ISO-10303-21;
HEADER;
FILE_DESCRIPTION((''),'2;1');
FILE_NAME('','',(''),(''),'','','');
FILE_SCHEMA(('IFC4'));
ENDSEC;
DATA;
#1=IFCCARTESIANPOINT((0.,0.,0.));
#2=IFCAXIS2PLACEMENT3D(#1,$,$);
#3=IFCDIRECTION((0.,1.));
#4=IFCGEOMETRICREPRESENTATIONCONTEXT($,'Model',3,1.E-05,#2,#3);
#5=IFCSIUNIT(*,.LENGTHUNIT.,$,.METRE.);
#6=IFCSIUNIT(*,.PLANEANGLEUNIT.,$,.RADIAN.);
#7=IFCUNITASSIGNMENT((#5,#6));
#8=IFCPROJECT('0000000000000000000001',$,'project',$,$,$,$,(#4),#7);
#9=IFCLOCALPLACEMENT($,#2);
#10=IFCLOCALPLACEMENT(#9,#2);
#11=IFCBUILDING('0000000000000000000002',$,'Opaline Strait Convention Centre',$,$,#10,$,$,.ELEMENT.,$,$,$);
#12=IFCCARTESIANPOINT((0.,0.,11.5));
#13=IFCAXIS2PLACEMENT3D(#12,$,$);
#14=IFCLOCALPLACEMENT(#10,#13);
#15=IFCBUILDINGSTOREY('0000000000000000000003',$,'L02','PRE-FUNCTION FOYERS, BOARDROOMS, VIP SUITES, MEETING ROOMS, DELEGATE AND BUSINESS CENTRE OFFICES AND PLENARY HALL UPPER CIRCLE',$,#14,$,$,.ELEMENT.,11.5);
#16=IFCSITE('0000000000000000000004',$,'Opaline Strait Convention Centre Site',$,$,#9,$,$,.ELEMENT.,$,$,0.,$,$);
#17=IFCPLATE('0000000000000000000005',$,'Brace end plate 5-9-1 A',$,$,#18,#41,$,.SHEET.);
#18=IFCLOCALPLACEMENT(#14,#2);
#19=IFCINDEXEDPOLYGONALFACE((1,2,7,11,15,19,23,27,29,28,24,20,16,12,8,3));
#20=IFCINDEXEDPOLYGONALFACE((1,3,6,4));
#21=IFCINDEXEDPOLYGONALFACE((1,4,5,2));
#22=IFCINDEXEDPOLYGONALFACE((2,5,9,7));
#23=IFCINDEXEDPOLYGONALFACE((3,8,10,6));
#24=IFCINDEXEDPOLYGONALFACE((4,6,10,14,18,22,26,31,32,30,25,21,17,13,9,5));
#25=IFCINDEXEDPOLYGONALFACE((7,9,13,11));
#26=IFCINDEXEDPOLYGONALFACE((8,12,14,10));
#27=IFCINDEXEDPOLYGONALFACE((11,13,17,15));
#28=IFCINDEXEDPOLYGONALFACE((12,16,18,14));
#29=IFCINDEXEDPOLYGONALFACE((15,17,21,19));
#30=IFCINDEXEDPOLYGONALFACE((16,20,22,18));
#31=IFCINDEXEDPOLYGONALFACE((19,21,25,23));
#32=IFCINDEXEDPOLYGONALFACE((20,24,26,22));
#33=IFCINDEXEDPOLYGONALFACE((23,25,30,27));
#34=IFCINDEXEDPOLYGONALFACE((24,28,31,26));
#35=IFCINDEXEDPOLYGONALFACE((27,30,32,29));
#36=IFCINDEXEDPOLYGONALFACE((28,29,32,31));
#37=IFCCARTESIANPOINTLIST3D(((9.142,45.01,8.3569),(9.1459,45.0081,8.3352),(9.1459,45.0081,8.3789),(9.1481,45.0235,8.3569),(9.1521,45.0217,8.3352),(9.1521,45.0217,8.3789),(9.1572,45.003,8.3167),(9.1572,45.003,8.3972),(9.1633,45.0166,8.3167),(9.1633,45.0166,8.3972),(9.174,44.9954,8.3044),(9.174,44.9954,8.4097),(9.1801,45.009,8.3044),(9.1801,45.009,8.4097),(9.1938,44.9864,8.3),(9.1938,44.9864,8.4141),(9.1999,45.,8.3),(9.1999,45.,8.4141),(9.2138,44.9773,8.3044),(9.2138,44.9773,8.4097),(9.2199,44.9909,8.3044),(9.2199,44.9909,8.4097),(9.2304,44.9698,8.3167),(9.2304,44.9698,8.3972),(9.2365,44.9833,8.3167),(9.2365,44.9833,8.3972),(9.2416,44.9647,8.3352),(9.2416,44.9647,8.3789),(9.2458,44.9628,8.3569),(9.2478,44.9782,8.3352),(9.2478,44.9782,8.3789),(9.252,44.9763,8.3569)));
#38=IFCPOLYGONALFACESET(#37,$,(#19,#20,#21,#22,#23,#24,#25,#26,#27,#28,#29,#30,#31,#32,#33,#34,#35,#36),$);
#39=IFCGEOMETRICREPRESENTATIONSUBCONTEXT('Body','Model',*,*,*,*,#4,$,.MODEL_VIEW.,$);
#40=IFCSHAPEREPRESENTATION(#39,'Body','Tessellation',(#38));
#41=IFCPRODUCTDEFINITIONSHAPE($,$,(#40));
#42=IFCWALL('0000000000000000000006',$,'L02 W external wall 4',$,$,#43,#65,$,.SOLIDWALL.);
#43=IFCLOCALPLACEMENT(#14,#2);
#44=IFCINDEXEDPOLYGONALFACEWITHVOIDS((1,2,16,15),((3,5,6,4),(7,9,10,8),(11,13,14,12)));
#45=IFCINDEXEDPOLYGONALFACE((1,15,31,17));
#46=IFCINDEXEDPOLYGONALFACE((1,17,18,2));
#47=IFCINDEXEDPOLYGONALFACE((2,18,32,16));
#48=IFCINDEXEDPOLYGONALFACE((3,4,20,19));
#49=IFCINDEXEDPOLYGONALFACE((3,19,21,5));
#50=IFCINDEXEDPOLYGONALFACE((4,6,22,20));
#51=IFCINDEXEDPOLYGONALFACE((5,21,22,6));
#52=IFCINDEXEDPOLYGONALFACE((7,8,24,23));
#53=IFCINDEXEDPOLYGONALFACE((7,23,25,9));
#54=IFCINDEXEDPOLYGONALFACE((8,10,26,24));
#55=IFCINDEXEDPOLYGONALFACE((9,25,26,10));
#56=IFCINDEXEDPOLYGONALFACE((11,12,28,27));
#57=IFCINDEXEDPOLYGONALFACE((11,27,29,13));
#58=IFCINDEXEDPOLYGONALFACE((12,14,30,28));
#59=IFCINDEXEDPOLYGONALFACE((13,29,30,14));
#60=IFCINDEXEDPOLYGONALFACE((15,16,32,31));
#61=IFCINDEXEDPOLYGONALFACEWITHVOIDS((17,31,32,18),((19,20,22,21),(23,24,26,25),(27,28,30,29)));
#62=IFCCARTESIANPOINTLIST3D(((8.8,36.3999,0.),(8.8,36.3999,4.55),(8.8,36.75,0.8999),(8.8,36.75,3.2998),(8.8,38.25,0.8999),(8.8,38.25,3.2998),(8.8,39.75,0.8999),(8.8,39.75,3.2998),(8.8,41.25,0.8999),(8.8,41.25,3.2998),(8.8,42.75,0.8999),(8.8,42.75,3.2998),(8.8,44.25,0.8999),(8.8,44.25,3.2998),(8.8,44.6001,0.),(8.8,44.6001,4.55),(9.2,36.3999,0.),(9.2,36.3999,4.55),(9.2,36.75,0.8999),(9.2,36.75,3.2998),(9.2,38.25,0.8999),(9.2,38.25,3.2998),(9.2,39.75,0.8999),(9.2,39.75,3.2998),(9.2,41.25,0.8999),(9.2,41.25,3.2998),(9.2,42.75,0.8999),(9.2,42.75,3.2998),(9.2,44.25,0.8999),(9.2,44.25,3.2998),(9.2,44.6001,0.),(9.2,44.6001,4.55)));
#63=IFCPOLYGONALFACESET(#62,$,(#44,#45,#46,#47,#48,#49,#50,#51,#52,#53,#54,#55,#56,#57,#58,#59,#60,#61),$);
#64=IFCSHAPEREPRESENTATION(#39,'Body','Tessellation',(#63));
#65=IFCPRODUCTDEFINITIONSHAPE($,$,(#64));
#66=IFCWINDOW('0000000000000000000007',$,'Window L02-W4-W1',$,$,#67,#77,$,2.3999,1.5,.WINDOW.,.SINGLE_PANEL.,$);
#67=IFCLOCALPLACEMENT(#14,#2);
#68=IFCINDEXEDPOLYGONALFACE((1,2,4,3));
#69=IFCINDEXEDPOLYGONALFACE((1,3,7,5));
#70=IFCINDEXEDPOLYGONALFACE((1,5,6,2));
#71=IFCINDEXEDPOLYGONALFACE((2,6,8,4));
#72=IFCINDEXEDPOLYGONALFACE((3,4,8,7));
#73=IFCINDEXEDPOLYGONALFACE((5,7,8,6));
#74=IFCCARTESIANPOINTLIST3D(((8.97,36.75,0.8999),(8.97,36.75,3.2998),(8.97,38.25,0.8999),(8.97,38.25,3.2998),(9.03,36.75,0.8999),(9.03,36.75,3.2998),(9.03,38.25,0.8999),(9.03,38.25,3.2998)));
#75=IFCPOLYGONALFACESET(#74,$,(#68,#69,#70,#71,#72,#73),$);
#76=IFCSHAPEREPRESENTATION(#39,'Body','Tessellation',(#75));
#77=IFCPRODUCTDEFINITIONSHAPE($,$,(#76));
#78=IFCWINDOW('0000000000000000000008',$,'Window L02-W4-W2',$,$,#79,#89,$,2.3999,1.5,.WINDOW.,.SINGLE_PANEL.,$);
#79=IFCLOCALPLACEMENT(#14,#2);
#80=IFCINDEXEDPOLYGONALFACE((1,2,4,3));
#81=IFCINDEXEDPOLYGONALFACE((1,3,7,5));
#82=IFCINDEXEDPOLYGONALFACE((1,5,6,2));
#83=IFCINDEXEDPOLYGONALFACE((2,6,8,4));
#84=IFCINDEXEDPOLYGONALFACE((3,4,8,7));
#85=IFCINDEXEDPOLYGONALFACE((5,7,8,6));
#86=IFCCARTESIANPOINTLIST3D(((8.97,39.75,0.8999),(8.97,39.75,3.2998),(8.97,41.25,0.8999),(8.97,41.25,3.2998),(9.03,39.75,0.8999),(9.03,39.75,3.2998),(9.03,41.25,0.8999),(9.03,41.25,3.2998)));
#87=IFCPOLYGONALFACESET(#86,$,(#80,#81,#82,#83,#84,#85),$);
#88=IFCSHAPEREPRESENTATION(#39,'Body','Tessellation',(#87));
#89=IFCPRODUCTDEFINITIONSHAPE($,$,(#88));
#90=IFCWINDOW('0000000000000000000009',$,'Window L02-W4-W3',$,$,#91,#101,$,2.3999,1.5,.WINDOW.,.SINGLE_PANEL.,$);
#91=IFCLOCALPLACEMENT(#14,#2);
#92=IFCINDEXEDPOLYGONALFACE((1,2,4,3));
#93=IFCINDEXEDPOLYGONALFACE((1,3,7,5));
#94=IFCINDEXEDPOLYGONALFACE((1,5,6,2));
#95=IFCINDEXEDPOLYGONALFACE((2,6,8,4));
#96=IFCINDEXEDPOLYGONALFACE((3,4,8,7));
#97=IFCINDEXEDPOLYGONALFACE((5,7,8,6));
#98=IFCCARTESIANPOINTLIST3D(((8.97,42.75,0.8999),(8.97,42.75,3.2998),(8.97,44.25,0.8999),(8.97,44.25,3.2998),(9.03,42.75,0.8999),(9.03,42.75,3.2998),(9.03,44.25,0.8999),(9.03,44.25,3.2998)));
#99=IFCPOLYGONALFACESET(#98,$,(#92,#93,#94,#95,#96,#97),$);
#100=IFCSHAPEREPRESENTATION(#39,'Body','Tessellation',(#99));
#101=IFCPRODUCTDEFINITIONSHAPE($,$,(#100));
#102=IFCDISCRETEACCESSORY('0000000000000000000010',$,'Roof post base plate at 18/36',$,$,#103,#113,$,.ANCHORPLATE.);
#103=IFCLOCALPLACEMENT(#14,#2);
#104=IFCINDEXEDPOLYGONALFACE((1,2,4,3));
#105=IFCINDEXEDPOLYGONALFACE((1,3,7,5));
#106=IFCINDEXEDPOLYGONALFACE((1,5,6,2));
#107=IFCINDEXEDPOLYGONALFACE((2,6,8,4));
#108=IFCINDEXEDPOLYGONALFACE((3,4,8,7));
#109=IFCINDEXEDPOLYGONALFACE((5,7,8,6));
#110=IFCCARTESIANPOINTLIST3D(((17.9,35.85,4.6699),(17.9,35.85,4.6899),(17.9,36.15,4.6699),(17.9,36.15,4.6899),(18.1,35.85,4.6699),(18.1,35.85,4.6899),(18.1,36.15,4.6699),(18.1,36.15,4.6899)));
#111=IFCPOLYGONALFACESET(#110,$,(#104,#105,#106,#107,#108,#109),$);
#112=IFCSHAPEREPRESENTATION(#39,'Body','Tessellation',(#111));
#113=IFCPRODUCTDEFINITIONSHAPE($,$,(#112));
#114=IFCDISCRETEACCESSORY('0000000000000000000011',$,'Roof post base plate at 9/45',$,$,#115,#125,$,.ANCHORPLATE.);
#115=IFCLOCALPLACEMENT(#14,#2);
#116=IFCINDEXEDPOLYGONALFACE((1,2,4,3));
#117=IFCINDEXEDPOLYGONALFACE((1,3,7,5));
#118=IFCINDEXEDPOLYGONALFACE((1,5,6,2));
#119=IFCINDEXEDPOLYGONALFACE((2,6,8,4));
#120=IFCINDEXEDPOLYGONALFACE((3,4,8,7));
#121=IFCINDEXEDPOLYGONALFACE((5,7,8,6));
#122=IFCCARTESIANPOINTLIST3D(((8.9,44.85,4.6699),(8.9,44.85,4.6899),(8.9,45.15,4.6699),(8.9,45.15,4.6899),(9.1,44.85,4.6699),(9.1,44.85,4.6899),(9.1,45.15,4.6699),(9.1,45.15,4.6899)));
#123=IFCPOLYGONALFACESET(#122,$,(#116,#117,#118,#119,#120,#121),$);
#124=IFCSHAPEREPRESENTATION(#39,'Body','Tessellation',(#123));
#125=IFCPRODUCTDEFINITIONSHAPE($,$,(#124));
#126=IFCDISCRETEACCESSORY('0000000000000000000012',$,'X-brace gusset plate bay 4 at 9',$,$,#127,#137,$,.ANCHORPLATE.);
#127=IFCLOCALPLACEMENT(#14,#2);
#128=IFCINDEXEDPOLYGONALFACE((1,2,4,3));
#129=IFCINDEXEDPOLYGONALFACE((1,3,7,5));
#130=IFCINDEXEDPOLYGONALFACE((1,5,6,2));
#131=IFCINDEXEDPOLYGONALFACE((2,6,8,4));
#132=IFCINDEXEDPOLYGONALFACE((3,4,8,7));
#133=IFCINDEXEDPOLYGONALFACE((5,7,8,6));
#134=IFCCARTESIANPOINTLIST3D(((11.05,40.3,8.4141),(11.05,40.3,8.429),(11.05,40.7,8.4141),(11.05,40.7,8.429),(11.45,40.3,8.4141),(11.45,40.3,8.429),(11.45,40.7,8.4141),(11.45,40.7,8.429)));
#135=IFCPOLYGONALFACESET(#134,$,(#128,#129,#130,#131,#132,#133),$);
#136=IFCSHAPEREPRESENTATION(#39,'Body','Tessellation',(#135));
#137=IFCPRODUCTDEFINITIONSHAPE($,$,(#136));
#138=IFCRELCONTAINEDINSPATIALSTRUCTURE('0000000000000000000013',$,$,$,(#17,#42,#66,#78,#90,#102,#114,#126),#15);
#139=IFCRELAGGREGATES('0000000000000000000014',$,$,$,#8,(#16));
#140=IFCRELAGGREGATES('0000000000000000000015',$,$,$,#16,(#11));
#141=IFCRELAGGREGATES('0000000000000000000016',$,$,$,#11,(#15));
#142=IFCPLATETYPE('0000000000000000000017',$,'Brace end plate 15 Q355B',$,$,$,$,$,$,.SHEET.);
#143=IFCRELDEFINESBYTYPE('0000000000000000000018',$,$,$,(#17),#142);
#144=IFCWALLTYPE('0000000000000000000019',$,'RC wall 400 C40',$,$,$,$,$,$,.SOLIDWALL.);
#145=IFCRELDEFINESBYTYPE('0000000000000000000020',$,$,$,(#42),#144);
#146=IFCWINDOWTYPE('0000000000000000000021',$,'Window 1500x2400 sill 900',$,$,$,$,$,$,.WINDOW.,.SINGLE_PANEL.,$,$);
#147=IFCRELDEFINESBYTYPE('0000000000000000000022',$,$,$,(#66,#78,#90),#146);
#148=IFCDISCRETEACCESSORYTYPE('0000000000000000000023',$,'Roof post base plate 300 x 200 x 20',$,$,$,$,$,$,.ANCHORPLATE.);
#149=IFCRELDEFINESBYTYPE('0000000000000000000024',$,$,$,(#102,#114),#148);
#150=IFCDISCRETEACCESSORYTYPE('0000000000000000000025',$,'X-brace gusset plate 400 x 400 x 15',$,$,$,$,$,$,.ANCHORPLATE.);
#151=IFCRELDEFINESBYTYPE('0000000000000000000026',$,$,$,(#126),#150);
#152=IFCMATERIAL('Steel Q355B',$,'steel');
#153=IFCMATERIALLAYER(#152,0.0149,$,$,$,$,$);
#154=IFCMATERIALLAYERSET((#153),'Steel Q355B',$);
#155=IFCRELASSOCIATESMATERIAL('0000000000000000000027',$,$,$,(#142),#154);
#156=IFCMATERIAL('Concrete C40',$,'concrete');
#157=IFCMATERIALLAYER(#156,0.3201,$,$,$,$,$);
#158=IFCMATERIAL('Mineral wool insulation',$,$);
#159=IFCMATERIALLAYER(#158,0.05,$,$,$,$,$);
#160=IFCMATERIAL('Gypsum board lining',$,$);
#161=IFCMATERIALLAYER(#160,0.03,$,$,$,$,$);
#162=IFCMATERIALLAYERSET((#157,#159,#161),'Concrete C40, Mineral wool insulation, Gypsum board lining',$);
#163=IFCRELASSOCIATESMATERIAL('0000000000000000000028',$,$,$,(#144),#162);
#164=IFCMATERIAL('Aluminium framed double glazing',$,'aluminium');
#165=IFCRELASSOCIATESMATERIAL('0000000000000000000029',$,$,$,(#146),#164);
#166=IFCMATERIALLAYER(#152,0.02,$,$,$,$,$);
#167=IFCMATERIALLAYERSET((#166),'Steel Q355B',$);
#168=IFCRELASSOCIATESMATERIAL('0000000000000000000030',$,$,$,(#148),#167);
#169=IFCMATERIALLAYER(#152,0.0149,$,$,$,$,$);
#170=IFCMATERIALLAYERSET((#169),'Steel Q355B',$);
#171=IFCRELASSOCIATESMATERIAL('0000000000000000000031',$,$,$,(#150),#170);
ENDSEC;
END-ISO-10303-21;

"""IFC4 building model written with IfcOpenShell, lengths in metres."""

from ifc_helpers import new_model, si_unit, direction, frame, frame_2d, origin, origin_2d, place, context, subcontext, project, spatial, polyline, rectangle, outline, extrude, material, layer, layer_set, type_object, element, fill, save


model = new_model("IFC4")

# Units and contexts
model_context = context("Model", 3, precision=1e-05, world=origin(), true_north=direction((0.0, 1.0)))
body_context = subcontext(model_context, "Body", "Model", "MODEL_VIEW")
ifc_project = project(units=[si_unit("LENGTHUNIT", "METRE"), si_unit("PLANEANGLEUNIT", "RADIAN")], contexts=[model_context])

# Site, building, storey
site_placement = place(None, origin())
site = spatial("IfcSite", under=ifc_project, at=site_placement, Name="Opaline Strait Convention Centre Site", CompositionType="ELEMENT", RefElevation=0.0)
building_placement = place(site_placement, origin())
building = spatial("IfcBuilding", under=site, at=building_placement, Name="Opaline Strait Convention Centre", CompositionType="ELEMENT")
storey_placement = place(building_placement, frame((0.0, 0.0, 11.5)))
storey = spatial("IfcBuildingStorey", under=building, at=storey_placement, Name="L02", Description="PRE-FUNCTION FOYERS, BOARDROOMS, VIP SUITES, MEETING ROOMS, DELEGATE AND BUSINESS CENTRE OFFICES AND PLENARY HALL UPPER CIRCLE", CompositionType="ELEMENT", Elevation=11.5)

# Shared definitions
ifc_material_1 = material(Name="Concrete C40", Category="concrete")

# Shared definitions
ifc_material_2 = material(Name="Steel Q355B", Category="steel")

# Plate
ifc_layer_1 = layer(ifc_material_2, 0.0149)
ifc_layer_set_1 = layer_set([ifc_layer_1], Name="Steel Q355B")
plate_type = type_object("IfcPlateType", Name="Brace end plate 15 Q355B", PredefinedType="SHEET", material=ifc_layer_set_1)
plate_1_placement = place(storey_placement, frame((9.252, 44.9763, 8.3569), z_axis=(0.413759, 0.910386, 0.0), x_axis=(-0.188026, 0.085456, -0.978439)))
element("IfcPlate", 1, at=plate_1_placement, inside=storey, type_object=plate_type, Name="Brace end plate 5-9-1 A", PredefinedType="SHEET", context=body_context, shape_type="SweptSolid", body=[
    extrude(outline(polyline([(0.0, 0.0), (0.0222, 0.0), (0.0429, 0.0082), (0.0586, 0.0236), (0.0675, 0.0442), (0.0677, 0.0663), (0.0595, 0.0869), (0.0439, 0.1028), (0.0236, 0.1116), (0.0012, 0.1119), (-0.0193, 0.1036), (-0.0353, 0.0881), (-0.0441, 0.0677), (-0.0443, 0.0453), (-0.0359, 0.0249), (-0.0206, 0.009), (0.0, 0.0)])), origin(), (0.0, 0.0, -1.0), 0.0149),
])

# Wall, openings, windows
ifc_layer_2 = layer(ifc_material_1, 0.3201)
ifc_material_3 = material(Name="Mineral wool insulation")
ifc_layer_3 = layer(ifc_material_3, 0.05)
ifc_material_4 = material(Name="Gypsum board lining")
ifc_layer_4 = layer(ifc_material_4, 0.03)
ifc_layer_set_2 = layer_set([ifc_layer_2, ifc_layer_3, ifc_layer_4], Name="Concrete C40, Mineral wool insulation, Gypsum board lining")
wall_type = type_object("IfcWallType", Name="RC wall 400 C40", PredefinedType="SOLIDWALL", material=ifc_layer_set_2)
wall_placement = place(storey_placement, frame((9.0, 36.3999, 0.0), z_axis=(0.0, 0.0, 1.0), x_axis=(0.0, 1.0, 0.0)))
wall = element("IfcWall", 2, at=wall_placement, inside=storey, type_object=wall_type, Name="L02 W external wall 4", PredefinedType="SOLIDWALL", context=body_context, shape_type="SweptSolid", body=[
    extrude(rectangle(XDim=8.2002, YDim=0.3999, at=frame_2d((4.1001, 0.0))), origin(), (0.0, 0.0, 1.0), 4.55),
])
opening_1_placement = place(wall_placement, frame((0.3501, 0.0, 0.8999)))
opening_1 = element("IfcOpeningElement", 3, at=opening_1_placement, cuts=wall, PredefinedType="OPENING", context=body_context, shape_type="SweptSolid", body=[
    extrude(rectangle(XDim=1.5, YDim=2.3999, at=frame_2d((0.75, 1.2))), frame((0.0, 0.21, 0.0), z_axis=(0.0, -1.0, 0.0), x_axis=(1.0, 0.0, 0.0)), (0.0, 0.0, 1.0), 0.4199),
])
opening_2_placement = place(wall_placement, frame((3.3501, 0.0, 0.8999)))
opening_2 = element("IfcOpeningElement", 4, at=opening_2_placement, cuts=wall, PredefinedType="OPENING", context=body_context, shape_type="SweptSolid", body=[
    extrude(rectangle(XDim=1.5, YDim=2.3999, at=frame_2d((0.75, 1.2))), frame((0.0, 0.21, 0.0), z_axis=(0.0, -1.0, 0.0), x_axis=(1.0, 0.0, 0.0)), (0.0, 0.0, 1.0), 0.4199),
])
opening_3_placement = place(wall_placement, frame((6.3501, 0.0, 0.8999)))
opening_3 = element("IfcOpeningElement", 5, at=opening_3_placement, cuts=wall, PredefinedType="OPENING", context=body_context, shape_type="SweptSolid", body=[
    extrude(rectangle(XDim=1.5, YDim=2.3999, at=frame_2d((0.75, 1.2))), frame((0.0, 0.21, 0.0), z_axis=(0.0, -1.0, 0.0), x_axis=(1.0, 0.0, 0.0)), (0.0, 0.0, 1.0), 0.4199),
])
ifc_material_5 = material(Name="Aluminium framed double glazing", Category="aluminium")
window_type = type_object("IfcWindowType", Name="Window 1500x2400 sill 900", PartitioningType="SINGLE_PANEL", PredefinedType="WINDOW", material=ifc_material_5)
window_1_placement = place(opening_1_placement, origin())
window_1 = element("IfcWindow", 6, at=window_1_placement, inside=storey, type_object=window_type, Name="Window L02-W4-W1", OverallHeight=2.3999, OverallWidth=1.5, PartitioningType="SINGLE_PANEL", PredefinedType="WINDOW", context=body_context, shape_type="SweptSolid", body=[
    extrude(rectangle(XDim=1.5, YDim=2.3999, at=frame_2d((0.75, 1.2))), frame((0.0, 0.03, 0.0), z_axis=(0.0, -1.0, 0.0), x_axis=(1.0, 0.0, 0.0)), (0.0, 0.0, 1.0), 0.0601),
])
fill(opening_1, window_1)
window_2_placement = place(opening_2_placement, origin())
window_2 = element("IfcWindow", 7, at=window_2_placement, inside=storey, type_object=window_type, Name="Window L02-W4-W2", OverallHeight=2.3999, OverallWidth=1.5, PartitioningType="SINGLE_PANEL", PredefinedType="WINDOW", context=body_context, shape_type="SweptSolid", body=[
    extrude(rectangle(XDim=1.5, YDim=2.3999, at=frame_2d((0.75, 1.2))), frame((0.0, 0.03, 0.0), z_axis=(0.0, -1.0, 0.0), x_axis=(1.0, 0.0, 0.0)), (0.0, 0.0, 1.0), 0.0601),
])
fill(opening_2, window_2)
window_3_placement = place(opening_3_placement, origin())
window_3 = element("IfcWindow", 8, at=window_3_placement, inside=storey, type_object=window_type, Name="Window L02-W4-W3", OverallHeight=2.3999, OverallWidth=1.5, PartitioningType="SINGLE_PANEL", PredefinedType="WINDOW", context=body_context, shape_type="SweptSolid", body=[
    extrude(rectangle(XDim=1.5, YDim=2.3999, at=frame_2d((0.75, 1.2))), frame((0.0, 0.03, 0.0), z_axis=(0.0, -1.0, 0.0), x_axis=(1.0, 0.0, 0.0)), (0.0, 0.0, 1.0), 0.0601),
])
fill(opening_3, window_3)

# Discrete accessories
ifc_layer_5 = layer(ifc_material_2, 0.02)
ifc_layer_set_3 = layer_set([ifc_layer_5], Name="Steel Q355B")
discrete_accessory_type_1 = type_object("IfcDiscreteAccessoryType", Name="Roof post base plate 300 x 200 x 20", PredefinedType="ANCHORPLATE", material=ifc_layer_set_3)
for number, where, z_axis, x_axis, name in (
    (9, (18.0, 36.0, 4.6699), (0.0, 0.0, 1.0), (1.0, 0.0, 0.0), "Roof post base plate at 18/36"),
    (10, (9.0, 45.0, 4.6699), (0.0, 0.0, 1.0), (1.0, 0.0, 0.0), "Roof post base plate at 9/45"),
):
    element("IfcDiscreteAccessory", number, at=place(storey_placement, frame(where, z_axis=z_axis, x_axis=x_axis)), inside=storey, type_object=discrete_accessory_type_1, Name=name, PredefinedType="ANCHORPLATE", context=body_context, shape_type="SweptSolid", body=[
        extrude(rectangle(XDim=0.2, YDim=0.3, at=origin_2d()), origin(), (0.0, 0.0, 1.0), 0.02),
    ])
ifc_layer_6 = layer(ifc_material_2, 0.0149)
ifc_layer_set_4 = layer_set([ifc_layer_6], Name="Steel Q355B")
discrete_accessory_type_2 = type_object("IfcDiscreteAccessoryType", Name="X-brace gusset plate 400 x 400 x 15", PredefinedType="ANCHORPLATE", material=ifc_layer_set_4)
discrete_accessory_placement = place(storey_placement, frame((11.25, 40.5, 8.4141), z_axis=(0.0, 0.0, 1.0), x_axis=(1.0, 0.0, 0.0)))
element("IfcDiscreteAccessory", 11, at=discrete_accessory_placement, inside=storey, type_object=discrete_accessory_type_2, Name="X-brace gusset plate bay 4 at 9", PredefinedType="ANCHORPLATE", context=body_context, shape_type="SweptSolid", body=[
    extrude(rectangle(XDim=0.3999, YDim=0.3999, at=origin_2d()), origin(), (0.0, 0.0, 1.0), 0.0149),
])

save(model, "model.ifc")
